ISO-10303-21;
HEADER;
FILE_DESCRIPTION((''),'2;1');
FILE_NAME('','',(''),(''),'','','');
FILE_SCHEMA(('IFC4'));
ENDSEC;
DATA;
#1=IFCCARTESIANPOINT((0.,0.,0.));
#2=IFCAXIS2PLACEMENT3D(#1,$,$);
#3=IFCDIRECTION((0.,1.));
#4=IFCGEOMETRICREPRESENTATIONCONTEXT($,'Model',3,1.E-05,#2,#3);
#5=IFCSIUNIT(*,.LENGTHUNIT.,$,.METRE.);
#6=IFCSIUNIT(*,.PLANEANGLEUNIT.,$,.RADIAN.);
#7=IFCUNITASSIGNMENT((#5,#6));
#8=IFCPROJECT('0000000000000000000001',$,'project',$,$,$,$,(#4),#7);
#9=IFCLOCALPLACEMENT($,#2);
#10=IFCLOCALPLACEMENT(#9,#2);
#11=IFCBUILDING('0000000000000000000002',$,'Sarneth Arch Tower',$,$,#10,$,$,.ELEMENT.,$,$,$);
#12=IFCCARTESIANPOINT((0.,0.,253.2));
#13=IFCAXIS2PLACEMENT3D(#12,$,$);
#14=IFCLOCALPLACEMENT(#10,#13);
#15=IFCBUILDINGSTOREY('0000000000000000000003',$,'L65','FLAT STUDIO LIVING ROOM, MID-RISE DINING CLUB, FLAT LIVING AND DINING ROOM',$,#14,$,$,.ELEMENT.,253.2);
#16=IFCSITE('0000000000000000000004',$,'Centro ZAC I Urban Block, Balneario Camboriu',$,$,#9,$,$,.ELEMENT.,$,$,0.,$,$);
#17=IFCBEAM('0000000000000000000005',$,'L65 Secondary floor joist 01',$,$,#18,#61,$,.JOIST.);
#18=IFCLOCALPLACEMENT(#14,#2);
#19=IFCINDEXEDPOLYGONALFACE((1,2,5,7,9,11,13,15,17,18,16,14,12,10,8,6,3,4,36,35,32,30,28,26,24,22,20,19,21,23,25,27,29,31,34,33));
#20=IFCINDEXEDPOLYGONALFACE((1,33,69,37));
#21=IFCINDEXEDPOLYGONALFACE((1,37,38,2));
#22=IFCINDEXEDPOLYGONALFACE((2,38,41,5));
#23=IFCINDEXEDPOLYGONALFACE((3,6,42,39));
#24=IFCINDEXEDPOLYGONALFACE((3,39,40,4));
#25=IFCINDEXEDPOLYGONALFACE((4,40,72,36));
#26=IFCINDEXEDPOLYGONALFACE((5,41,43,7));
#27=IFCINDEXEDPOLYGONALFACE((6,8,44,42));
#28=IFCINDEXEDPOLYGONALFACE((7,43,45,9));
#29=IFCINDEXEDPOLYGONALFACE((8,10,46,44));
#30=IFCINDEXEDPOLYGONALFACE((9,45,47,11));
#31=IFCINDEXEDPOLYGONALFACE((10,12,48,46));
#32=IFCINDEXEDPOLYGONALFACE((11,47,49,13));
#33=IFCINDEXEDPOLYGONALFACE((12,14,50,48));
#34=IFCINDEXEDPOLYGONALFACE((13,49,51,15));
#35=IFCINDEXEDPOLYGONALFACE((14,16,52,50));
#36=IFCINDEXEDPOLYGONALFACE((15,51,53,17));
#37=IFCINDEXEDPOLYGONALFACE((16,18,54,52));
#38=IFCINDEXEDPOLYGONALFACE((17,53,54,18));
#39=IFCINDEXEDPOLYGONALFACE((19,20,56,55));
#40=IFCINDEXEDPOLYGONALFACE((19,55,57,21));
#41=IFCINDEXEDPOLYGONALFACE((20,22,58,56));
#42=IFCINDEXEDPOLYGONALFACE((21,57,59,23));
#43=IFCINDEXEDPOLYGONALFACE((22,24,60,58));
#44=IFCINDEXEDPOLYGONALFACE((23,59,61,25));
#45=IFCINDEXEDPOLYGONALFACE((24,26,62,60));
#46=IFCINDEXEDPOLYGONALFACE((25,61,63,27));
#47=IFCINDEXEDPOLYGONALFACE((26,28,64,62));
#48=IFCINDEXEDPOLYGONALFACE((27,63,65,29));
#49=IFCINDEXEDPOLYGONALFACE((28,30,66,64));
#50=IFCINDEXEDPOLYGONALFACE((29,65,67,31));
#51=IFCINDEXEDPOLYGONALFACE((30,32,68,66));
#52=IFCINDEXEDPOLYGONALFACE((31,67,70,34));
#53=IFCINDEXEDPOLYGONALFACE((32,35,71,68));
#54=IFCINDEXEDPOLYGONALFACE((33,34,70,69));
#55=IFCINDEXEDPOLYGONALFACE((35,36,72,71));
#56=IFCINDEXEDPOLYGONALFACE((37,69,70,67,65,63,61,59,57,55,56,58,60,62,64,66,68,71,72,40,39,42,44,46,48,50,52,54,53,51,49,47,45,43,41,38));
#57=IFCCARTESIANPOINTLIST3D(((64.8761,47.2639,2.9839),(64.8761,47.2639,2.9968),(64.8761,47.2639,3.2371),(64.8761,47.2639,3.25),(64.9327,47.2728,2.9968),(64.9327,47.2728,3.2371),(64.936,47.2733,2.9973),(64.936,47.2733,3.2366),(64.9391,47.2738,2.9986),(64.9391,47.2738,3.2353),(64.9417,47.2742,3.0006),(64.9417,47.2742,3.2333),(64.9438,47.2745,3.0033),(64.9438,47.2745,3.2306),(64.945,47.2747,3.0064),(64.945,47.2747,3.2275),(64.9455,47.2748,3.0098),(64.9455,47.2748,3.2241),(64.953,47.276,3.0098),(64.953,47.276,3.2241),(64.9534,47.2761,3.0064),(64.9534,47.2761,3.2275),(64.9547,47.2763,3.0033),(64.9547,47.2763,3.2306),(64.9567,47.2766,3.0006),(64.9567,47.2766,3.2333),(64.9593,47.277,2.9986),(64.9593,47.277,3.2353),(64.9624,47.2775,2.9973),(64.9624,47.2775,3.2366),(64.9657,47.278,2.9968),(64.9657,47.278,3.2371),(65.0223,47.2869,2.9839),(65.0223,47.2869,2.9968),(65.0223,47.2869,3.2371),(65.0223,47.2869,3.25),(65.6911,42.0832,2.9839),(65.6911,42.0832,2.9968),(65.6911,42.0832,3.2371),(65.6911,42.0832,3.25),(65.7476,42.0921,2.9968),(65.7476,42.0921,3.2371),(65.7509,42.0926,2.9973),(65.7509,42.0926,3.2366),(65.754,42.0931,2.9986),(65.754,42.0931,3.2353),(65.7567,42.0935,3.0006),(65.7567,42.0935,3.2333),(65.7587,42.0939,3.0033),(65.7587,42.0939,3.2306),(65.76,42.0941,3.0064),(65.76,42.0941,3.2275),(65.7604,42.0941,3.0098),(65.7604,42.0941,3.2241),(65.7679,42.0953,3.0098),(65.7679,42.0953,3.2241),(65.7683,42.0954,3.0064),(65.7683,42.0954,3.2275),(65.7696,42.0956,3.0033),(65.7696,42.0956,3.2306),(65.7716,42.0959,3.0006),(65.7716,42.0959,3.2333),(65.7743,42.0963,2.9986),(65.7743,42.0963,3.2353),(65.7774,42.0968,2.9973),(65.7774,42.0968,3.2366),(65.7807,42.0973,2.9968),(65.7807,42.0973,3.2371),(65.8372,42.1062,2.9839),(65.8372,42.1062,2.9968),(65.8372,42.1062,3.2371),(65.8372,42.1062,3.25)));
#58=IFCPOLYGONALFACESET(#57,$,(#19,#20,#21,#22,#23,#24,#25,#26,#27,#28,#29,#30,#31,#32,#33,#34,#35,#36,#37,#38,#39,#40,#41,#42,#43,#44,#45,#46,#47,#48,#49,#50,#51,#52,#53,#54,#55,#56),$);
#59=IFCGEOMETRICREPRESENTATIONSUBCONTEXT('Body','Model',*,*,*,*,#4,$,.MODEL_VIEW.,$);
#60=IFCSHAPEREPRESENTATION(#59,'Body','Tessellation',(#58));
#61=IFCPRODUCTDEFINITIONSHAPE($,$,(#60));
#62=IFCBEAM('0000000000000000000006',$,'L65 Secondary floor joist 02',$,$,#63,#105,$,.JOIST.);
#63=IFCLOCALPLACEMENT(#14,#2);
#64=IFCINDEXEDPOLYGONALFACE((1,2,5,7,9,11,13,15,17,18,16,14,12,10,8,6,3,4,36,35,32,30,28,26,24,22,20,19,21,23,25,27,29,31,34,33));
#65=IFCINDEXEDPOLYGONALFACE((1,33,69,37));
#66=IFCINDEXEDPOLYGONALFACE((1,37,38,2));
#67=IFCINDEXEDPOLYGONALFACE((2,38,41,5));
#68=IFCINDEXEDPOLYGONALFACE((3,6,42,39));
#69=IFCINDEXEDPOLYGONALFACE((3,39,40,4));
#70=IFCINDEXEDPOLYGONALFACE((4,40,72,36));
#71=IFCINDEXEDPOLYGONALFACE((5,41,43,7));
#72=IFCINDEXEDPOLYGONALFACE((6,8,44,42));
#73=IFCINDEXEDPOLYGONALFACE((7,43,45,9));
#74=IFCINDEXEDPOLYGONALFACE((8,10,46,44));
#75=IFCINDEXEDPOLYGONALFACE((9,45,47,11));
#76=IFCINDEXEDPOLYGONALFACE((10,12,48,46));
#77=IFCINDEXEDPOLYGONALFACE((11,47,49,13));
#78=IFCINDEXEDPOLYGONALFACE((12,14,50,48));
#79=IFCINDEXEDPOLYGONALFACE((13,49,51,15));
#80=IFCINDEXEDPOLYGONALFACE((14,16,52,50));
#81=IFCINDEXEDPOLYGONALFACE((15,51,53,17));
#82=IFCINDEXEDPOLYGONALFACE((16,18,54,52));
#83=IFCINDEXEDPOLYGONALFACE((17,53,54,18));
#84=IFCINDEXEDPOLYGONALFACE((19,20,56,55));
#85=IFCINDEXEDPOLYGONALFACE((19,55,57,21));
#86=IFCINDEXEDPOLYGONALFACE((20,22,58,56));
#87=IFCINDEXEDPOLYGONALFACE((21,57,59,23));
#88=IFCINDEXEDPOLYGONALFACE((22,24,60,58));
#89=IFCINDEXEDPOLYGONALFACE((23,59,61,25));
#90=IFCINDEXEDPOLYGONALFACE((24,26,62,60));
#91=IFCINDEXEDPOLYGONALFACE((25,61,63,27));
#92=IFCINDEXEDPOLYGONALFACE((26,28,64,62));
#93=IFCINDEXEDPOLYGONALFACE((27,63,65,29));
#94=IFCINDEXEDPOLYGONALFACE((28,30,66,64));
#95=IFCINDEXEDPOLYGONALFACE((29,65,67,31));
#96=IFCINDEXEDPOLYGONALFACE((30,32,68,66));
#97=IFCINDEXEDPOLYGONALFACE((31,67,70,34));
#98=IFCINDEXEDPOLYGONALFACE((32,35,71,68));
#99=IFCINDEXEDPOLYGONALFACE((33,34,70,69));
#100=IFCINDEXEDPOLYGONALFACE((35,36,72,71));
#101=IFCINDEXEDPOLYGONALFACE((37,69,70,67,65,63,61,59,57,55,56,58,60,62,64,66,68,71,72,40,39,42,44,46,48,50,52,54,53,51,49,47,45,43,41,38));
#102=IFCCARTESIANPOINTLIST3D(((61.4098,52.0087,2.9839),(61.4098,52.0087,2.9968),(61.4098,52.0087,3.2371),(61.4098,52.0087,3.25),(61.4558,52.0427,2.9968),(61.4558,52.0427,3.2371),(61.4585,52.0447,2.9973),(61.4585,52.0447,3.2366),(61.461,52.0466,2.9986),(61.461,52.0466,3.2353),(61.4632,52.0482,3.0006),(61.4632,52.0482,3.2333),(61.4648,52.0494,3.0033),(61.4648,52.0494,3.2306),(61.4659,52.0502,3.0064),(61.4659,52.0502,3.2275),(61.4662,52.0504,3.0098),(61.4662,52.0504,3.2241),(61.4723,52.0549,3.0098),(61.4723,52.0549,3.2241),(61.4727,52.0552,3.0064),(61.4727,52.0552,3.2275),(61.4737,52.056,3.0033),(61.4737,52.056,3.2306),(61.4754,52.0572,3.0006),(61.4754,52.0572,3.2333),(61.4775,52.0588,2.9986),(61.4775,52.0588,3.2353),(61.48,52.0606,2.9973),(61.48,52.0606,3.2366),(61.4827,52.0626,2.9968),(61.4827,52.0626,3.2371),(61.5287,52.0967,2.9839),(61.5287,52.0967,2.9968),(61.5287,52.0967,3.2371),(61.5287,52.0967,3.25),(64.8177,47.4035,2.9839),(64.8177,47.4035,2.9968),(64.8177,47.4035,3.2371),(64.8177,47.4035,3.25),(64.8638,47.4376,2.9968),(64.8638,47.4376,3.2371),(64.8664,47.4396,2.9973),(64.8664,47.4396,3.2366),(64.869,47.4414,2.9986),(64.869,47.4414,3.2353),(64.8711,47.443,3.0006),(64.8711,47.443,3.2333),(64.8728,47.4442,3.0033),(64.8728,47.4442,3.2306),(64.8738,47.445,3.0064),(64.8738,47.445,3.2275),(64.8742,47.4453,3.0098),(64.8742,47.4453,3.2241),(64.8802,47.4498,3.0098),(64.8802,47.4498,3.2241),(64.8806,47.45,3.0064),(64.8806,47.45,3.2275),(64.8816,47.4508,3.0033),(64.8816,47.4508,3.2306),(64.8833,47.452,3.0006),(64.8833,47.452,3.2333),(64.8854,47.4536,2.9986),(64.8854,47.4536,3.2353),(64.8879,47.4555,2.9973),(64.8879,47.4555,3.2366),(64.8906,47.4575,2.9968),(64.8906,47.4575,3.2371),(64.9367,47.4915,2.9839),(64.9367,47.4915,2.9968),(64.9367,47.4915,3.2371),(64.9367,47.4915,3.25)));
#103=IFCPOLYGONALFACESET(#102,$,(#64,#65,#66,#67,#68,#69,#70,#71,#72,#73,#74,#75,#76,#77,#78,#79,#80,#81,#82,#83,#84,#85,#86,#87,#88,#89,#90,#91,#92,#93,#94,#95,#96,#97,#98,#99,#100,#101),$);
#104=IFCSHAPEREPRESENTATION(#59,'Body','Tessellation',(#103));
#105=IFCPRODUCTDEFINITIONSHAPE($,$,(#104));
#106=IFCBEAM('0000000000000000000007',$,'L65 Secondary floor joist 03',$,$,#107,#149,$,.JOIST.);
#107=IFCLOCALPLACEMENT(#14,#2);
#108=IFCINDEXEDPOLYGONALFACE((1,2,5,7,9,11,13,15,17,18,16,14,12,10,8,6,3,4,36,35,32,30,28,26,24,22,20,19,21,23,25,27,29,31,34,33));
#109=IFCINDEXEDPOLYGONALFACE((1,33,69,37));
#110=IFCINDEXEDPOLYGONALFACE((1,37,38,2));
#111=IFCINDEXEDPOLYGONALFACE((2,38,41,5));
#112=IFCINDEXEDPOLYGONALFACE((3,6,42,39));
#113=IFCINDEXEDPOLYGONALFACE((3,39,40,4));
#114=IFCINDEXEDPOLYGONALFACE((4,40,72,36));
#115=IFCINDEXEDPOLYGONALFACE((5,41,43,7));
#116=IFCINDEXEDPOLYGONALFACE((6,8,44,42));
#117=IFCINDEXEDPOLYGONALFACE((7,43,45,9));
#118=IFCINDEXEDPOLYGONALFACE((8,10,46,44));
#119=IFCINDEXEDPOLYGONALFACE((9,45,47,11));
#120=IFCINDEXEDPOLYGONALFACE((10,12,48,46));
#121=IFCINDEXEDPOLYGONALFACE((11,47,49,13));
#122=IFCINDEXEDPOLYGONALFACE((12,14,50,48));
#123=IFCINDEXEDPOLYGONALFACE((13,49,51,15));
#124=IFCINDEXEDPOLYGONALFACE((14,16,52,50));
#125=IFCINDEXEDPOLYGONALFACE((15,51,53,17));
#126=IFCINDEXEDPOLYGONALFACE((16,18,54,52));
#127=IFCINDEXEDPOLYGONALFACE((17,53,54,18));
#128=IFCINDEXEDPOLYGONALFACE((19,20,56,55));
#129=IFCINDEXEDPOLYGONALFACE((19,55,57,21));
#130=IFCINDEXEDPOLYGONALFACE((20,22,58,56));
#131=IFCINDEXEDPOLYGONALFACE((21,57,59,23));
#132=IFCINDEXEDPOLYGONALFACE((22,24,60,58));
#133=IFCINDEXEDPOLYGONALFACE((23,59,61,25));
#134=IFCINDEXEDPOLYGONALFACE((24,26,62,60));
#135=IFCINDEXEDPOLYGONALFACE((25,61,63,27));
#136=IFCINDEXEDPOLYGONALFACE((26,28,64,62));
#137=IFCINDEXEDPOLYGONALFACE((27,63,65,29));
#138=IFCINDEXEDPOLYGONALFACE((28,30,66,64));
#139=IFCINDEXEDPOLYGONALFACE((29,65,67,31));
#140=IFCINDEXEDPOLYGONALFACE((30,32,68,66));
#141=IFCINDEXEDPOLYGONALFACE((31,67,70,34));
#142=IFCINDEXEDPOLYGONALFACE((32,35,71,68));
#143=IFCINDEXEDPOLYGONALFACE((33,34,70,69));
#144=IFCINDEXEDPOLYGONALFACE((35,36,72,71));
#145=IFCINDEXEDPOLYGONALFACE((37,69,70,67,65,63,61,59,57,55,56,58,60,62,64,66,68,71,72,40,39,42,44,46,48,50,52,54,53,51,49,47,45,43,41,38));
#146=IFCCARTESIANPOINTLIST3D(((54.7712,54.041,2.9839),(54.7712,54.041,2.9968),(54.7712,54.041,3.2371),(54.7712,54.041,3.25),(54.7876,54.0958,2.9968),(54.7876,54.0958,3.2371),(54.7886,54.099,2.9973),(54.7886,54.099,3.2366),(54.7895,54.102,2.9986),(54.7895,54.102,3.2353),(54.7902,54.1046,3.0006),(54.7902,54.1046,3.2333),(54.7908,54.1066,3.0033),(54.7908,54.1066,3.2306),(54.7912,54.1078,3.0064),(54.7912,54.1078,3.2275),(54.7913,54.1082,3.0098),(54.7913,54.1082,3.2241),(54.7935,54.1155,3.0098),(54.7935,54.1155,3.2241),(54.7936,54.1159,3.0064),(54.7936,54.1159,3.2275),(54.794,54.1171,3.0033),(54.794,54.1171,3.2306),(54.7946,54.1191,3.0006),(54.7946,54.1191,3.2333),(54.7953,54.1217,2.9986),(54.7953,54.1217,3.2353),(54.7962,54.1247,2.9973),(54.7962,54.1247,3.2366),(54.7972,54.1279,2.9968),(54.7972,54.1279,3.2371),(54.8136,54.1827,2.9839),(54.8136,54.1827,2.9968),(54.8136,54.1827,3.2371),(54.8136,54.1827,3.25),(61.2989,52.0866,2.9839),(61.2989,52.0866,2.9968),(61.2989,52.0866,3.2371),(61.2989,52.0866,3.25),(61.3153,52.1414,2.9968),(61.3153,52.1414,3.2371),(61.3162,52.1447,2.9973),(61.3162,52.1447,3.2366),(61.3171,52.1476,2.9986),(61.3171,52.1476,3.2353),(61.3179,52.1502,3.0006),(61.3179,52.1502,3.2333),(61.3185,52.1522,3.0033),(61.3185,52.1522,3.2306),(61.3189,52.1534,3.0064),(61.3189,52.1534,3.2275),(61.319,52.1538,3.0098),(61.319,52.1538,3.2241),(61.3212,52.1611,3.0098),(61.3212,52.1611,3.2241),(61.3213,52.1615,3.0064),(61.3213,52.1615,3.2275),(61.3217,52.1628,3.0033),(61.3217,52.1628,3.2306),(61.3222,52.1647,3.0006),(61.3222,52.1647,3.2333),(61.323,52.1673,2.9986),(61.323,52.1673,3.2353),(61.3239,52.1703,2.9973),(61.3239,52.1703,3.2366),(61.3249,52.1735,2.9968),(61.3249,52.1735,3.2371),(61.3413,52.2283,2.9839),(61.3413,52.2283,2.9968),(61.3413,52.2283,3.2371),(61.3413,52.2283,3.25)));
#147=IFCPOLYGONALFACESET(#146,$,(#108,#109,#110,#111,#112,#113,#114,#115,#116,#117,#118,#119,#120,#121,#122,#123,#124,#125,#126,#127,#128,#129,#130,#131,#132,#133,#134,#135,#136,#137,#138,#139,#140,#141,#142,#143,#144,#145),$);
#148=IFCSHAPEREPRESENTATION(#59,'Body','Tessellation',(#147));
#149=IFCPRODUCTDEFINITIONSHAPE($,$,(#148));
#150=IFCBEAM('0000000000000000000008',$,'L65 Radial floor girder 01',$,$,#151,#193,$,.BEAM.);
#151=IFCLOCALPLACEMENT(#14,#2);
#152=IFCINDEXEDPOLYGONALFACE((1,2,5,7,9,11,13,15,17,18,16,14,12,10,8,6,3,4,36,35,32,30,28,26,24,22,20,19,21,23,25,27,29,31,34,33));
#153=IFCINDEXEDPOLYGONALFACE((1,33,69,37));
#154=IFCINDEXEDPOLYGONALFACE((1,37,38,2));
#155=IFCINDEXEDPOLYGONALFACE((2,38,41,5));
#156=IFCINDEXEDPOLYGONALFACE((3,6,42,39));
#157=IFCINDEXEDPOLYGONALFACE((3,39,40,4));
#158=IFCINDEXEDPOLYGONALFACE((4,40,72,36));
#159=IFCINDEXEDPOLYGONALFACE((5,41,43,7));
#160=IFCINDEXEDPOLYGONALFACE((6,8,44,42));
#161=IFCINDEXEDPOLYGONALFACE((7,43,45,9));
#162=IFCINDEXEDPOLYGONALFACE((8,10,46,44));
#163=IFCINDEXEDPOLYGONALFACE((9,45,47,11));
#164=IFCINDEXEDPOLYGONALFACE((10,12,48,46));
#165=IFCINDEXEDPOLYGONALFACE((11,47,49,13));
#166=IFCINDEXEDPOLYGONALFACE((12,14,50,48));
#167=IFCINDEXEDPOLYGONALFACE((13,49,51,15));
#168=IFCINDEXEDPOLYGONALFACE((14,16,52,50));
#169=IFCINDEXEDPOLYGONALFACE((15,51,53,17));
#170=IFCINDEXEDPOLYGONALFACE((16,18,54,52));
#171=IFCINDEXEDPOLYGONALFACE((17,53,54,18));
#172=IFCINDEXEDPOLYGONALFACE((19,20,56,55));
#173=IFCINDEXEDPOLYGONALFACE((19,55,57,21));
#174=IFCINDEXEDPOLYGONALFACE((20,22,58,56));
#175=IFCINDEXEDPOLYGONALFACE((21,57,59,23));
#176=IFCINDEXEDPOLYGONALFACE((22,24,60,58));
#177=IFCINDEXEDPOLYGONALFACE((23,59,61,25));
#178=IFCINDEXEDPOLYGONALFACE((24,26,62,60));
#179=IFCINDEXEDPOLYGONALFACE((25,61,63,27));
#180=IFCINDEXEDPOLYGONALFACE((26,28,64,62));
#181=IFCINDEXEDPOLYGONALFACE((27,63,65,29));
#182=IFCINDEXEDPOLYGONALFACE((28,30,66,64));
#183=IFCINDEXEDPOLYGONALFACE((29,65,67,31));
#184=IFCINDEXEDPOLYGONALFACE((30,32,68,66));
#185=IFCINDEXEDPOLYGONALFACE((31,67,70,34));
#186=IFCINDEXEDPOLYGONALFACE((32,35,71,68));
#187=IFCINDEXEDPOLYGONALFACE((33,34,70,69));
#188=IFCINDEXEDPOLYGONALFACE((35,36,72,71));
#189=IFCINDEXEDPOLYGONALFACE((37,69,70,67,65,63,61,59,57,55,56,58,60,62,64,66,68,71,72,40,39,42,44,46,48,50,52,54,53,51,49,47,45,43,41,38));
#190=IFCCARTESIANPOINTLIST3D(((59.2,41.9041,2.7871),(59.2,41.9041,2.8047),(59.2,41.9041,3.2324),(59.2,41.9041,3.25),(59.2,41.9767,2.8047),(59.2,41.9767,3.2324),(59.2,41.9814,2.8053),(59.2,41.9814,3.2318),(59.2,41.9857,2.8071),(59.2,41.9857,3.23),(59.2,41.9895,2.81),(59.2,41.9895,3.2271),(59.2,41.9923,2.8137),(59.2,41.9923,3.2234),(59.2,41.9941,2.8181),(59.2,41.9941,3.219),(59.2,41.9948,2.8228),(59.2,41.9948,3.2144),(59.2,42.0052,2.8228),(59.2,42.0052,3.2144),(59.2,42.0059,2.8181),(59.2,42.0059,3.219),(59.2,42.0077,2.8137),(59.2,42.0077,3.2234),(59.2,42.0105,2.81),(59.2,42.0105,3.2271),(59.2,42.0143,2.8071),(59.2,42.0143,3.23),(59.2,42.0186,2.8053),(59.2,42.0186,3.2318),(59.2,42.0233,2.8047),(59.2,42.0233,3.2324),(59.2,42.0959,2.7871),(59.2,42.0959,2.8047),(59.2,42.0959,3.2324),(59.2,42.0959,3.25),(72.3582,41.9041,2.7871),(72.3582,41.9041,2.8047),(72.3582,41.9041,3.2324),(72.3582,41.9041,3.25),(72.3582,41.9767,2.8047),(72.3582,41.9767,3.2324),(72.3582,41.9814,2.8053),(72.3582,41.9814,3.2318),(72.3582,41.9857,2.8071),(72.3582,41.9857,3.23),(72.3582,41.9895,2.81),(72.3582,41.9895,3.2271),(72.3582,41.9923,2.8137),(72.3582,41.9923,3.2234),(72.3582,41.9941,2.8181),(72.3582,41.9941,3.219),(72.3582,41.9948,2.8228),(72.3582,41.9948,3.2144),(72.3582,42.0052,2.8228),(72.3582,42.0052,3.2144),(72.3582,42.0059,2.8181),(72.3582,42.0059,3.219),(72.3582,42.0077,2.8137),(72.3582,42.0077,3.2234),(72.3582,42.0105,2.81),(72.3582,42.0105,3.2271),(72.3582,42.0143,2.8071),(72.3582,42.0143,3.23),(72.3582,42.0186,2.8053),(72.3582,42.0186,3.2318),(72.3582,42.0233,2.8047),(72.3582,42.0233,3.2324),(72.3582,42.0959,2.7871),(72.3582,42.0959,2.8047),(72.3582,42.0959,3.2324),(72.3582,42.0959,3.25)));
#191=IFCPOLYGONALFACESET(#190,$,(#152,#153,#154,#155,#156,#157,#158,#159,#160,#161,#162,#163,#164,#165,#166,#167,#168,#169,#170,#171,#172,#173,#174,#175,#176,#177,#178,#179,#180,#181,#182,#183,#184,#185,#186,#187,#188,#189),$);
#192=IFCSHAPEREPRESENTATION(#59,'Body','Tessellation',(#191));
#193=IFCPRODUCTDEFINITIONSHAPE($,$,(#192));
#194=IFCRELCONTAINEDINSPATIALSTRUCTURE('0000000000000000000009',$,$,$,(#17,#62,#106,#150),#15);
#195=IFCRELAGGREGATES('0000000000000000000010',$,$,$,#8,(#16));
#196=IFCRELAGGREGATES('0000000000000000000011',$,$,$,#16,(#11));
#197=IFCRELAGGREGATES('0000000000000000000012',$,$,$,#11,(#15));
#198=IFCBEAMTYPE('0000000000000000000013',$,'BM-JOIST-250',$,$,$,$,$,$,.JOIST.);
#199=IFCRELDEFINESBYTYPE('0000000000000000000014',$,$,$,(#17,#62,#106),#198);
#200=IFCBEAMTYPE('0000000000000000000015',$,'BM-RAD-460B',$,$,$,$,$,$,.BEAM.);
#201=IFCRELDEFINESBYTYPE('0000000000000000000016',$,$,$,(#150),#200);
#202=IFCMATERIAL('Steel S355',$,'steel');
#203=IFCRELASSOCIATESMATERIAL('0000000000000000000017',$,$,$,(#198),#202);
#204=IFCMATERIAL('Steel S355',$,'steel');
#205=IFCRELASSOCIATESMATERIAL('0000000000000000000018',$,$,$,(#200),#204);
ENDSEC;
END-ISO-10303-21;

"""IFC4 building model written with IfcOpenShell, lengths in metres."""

from ifc_helpers import new_model, si_unit, direction, frame, origin, origin_2d, place, context, subcontext, project, spatial, i_section, extrude, material, material_profile, profile_set, type_object, element, save


model = new_model("IFC4")

# Units and contexts
model_context = context("Model", 3, precision=1e-05, world=origin(), true_north=direction((0.0, 1.0)))
body_context = subcontext(model_context, "Body", "Model", "MODEL_VIEW")
ifc_project = project(units=[si_unit("LENGTHUNIT", "METRE"), si_unit("PLANEANGLEUNIT", "RADIAN")], contexts=[model_context])

# Site, building, storey
site_placement = place(None, origin())
site = spatial("IfcSite", under=ifc_project, at=site_placement, Name="Centro ZAC I Urban Block, Balneario Camboriu", CompositionType="ELEMENT", RefElevation=0.0)
building_placement = place(site_placement, origin())
building = spatial("IfcBuilding", under=site, at=building_placement, Name="Sarneth Arch Tower", CompositionType="ELEMENT")
storey_placement = place(building_placement, frame((0.0, 0.0, 253.2)))
storey = spatial("IfcBuildingStorey", under=building, at=storey_placement, Name="L65", Description="FLAT STUDIO LIVING ROOM, MID-RISE DINING CLUB, FLAT LIVING AND DINING ROOM", CompositionType="ELEMENT", Elevation=253.2)

# Beams
ifc_material_1 = material(Name="Steel S355", Category="steel")
ifc_material_profile_1 = material_profile(ifc_material_1, i_section(OverallWidth=0.1479, OverallDepth=0.2661, WebThickness=0.0076, FlangeThickness=0.0129, FilletRadius=0.0129, at=origin_2d()), Name="W250x44.8")
ifc_profile_set_1 = profile_set([ifc_material_profile_1], Name="Steel S355")
beam_type_1 = type_object("IfcBeamType", Name="BM-JOIST-250", PredefinedType="JOIST", material=ifc_profile_set_1)
beam_1_placement = place(storey_placement, frame((65.7642, 42.0947, 3.1169), z_axis=(-0.155394, 0.987853, 0.0), x_axis=(-0.987853, -0.155394, 0.0)))
element("IfcBeam", 1, at=beam_1_placement, inside=storey, type_object=beam_type_1, Name="L65 Secondary floor joist 01", PredefinedType="JOIST", context=body_context, shape_type="SweptSolid", body=[
    extrude(i_section(OverallWidth=0.1479, OverallDepth=0.2661, WebThickness=0.0076, FlangeThickness=0.0129, FilletRadius=0.0129, at=origin_2d()), origin(), (0.0, 0.0, 1.0), 5.2444),
])
beam_2_placement = place(storey_placement, frame((64.8772, 47.4475, 3.1169), z_axis=(-0.594853, 0.803834, 0.0), x_axis=(-0.803834, -0.594853, 0.0)))
element("IfcBeam", 2, at=beam_2_placement, inside=storey, type_object=beam_type_1, Name="L65 Secondary floor joist 02", PredefinedType="JOIST", context=body_context, shape_type="SweptSolid", body=[
    extrude(i_section(OverallWidth=0.1479, OverallDepth=0.2661, WebThickness=0.0076, FlangeThickness=0.0129, FilletRadius=0.0129, at=origin_2d()), origin(), (0.0, 0.0, 1.0), 5.729),
])
beam_3_placement = place(storey_placement, frame((61.3201, 52.1575, 3.1169), z_axis=(-0.957985, 0.286819, 0.0), x_axis=(-0.286819, -0.957985, 0.0)))
element("IfcBeam", 3, at=beam_3_placement, inside=storey, type_object=beam_type_1, Name="L65 Secondary floor joist 03", PredefinedType="JOIST", context=body_context, shape_type="SweptSolid", body=[
    extrude(i_section(OverallWidth=0.1479, OverallDepth=0.2661, WebThickness=0.0076, FlangeThickness=0.0129, FilletRadius=0.0129, at=origin_2d()), origin(), (0.0, 0.0, 1.0), 6.814),
])
ifc_material_2 = material(Name="Steel S355", Category="steel")
ifc_material_profile_2 = material_profile(ifc_material_2, i_section(OverallWidth=0.1919, OverallDepth=0.4629, WebThickness=0.0105, FlangeThickness=0.0176, FilletRadius=0.0181, at=origin_2d()), Name="W460x89")
ifc_profile_set_2 = profile_set([ifc_material_profile_2], Name="Steel S355")
beam_type_2 = type_object("IfcBeamType", Name="BM-RAD-460B", PredefinedType="BEAM", material=ifc_profile_set_2)
beam_4_placement = place(storey_placement, frame((59.2, 42.0, 3.0186), z_axis=(1.0, 0.0, 0.0), x_axis=(0.0, 1.0, 0.0)))
element("IfcBeam", 4, at=beam_4_placement, inside=storey, type_object=beam_type_2, Name="L65 Radial floor girder 01", PredefinedType="BEAM", context=body_context, shape_type="SweptSolid", body=[
    extrude(i_section(OverallWidth=0.1919, OverallDepth=0.4629, WebThickness=0.0105, FlangeThickness=0.0176, FilletRadius=0.0181, at=origin_2d()), origin(), (0.0, 0.0, 1.0), 13.1582),
])

save(model, "model.ifc")
